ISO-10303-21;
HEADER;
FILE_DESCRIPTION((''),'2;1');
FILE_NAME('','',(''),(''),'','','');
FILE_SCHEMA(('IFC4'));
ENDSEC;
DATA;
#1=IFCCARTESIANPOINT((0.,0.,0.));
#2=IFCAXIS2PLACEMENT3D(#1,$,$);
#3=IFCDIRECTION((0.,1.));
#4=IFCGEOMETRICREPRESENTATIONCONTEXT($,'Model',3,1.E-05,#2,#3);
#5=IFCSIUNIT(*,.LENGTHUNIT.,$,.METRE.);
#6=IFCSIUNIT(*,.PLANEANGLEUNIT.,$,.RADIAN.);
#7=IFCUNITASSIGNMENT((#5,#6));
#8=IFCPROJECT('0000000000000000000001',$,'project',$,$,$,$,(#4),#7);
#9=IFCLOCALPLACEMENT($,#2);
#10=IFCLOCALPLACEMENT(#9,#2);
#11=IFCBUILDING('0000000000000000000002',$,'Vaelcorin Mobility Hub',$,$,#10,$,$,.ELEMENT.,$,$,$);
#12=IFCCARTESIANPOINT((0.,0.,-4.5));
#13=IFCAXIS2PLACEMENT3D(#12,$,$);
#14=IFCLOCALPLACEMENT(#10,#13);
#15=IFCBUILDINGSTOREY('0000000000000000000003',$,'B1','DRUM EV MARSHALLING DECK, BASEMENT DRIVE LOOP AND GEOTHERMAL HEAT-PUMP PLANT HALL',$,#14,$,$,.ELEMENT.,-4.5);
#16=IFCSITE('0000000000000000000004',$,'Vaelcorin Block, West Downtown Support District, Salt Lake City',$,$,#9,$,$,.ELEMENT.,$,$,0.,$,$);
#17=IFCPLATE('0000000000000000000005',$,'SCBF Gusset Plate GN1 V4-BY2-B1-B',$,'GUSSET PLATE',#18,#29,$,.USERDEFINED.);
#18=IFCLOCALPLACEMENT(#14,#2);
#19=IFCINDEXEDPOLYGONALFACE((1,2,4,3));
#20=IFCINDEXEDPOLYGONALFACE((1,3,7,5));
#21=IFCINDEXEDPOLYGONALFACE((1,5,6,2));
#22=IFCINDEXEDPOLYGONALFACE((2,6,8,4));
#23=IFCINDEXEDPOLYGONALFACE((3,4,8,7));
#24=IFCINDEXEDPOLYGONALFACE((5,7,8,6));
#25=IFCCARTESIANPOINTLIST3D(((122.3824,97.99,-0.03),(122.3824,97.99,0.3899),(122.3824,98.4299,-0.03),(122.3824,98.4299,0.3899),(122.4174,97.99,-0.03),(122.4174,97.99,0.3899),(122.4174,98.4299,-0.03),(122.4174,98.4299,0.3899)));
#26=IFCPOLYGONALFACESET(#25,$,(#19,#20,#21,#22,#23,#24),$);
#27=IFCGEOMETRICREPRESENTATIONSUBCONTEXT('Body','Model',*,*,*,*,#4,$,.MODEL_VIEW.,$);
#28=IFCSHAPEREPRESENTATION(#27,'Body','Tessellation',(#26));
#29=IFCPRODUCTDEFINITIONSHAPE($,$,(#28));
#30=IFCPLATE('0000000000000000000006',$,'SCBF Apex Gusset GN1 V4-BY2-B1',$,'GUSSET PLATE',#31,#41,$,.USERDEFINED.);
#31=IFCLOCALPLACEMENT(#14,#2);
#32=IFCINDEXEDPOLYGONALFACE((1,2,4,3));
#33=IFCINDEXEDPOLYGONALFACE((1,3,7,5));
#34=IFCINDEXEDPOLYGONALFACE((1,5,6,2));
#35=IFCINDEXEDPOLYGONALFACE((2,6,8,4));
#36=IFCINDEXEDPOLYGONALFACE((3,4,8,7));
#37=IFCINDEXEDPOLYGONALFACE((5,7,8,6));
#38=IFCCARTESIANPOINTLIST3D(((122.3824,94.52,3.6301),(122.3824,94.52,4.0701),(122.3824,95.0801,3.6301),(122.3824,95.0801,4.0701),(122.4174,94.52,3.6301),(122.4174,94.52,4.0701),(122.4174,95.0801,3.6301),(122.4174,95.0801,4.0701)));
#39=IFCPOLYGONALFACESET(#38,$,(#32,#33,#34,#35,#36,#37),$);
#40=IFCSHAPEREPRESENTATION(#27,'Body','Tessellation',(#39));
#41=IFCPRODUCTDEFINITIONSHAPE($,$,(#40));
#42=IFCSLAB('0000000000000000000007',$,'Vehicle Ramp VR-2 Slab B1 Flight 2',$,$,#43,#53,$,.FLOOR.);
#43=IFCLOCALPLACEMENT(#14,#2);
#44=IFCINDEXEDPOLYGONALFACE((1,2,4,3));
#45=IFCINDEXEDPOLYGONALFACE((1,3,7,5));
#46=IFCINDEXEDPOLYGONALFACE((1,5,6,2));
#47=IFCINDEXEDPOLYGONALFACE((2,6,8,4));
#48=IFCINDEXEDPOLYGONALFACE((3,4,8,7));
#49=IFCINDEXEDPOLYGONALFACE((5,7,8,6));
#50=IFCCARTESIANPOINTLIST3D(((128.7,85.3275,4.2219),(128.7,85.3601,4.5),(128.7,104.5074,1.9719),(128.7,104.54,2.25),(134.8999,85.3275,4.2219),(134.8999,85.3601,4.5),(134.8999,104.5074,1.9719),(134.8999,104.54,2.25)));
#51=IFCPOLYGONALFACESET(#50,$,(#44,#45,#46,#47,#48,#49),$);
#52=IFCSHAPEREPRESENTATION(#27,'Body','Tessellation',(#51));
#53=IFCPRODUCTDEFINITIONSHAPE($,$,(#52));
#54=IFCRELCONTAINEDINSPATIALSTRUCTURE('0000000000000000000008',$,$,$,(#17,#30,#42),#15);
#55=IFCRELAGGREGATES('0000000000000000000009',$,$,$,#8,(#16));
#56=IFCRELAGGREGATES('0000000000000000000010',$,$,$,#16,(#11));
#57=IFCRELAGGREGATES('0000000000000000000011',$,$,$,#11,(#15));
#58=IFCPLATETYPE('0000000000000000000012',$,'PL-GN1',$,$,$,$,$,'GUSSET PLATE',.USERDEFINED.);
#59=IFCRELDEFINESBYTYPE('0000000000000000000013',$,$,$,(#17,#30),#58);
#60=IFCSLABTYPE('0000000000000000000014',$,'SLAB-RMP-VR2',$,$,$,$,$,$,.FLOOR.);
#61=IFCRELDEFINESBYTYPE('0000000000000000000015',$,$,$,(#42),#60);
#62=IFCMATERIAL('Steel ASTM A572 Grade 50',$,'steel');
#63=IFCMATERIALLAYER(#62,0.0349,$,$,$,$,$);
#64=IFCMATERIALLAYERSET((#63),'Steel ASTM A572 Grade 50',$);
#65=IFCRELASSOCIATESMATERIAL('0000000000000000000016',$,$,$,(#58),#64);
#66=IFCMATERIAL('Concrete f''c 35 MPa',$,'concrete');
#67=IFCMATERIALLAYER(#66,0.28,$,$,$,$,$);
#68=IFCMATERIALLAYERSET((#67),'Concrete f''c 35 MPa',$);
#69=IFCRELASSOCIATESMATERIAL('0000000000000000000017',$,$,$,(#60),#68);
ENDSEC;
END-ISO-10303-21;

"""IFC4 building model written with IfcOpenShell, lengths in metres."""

from ifc_helpers import new_model, si_unit, direction, frame, origin, origin_2d, place, context, subcontext, project, spatial, polyline, rectangle, outline, extrude, material, layer, layer_set, type_object, element, save


model = new_model("IFC4")

# Units and contexts
model_context = context("Model", 3, precision=1e-05, world=origin(), true_north=direction((0.0, 1.0)))
body_context = subcontext(model_context, "Body", "Model", "MODEL_VIEW")
ifc_project = project(units=[si_unit("LENGTHUNIT", "METRE"), si_unit("PLANEANGLEUNIT", "RADIAN")], contexts=[model_context])

# Site, building, storey
site_placement = place(None, origin())
site = spatial("IfcSite", under=ifc_project, at=site_placement, Name="Vaelcorin Block, West Downtown Support District, Salt Lake City", CompositionType="ELEMENT", RefElevation=0.0)
building_placement = place(site_placement, origin())
building = spatial("IfcBuilding", under=site, at=building_placement, Name="Vaelcorin Mobility Hub", CompositionType="ELEMENT")
storey_placement = place(building_placement, frame((0.0, 0.0, -4.5)))
storey = spatial("IfcBuildingStorey", under=building, at=storey_placement, Name="B1", Description="DRUM EV MARSHALLING DECK, BASEMENT DRIVE LOOP AND GEOTHERMAL HEAT-PUMP PLANT HALL", CompositionType="ELEMENT", Elevation=-4.5)

# Plates
ifc_material_1 = material(Name="Steel ASTM A572 Grade 50", Category="steel")
ifc_layer_1 = layer(ifc_material_1, 0.0349)
ifc_layer_set_1 = layer_set([ifc_layer_1], Name="Steel ASTM A572 Grade 50")
plate_type = type_object("IfcPlateType", Name="PL-GN1", ElementType="GUSSET PLATE", PredefinedType="USERDEFINED", material=ifc_layer_set_1)
for number, where, z_axis, x_axis, name in (
    (1, (122.3999, 98.21, -0.03), (0.0, 0.0, 1.0), (0.0, 1.0, 0.0), "SCBF Gusset Plate GN1 V4-BY2-B1-B"),
):
    element("IfcPlate", number, at=place(storey_placement, frame(where, z_axis=z_axis, x_axis=x_axis)), inside=storey, type_object=plate_type, Name=name, ObjectType="GUSSET PLATE", PredefinedType="USERDEFINED", context=body_context, shape_type="SweptSolid", body=[
        extrude(rectangle(XDim=0.4399, YDim=0.0349, at=origin_2d()), origin(), (0.0, 0.0, 1.0), 0.4199),
    ])
plate_placement = place(storey_placement, frame((122.3999, 94.8, 3.6301), z_axis=(0.0, 0.0, 1.0), x_axis=(0.0, 1.0, 0.0)))
element("IfcPlate", 2, at=plate_placement, inside=storey, type_object=plate_type, Name="SCBF Apex Gusset GN1 V4-BY2-B1", ObjectType="GUSSET PLATE", PredefinedType="USERDEFINED", context=body_context, shape_type="SweptSolid", body=[
    extrude(rectangle(XDim=0.5601, YDim=0.0349, at=origin_2d()), origin(), (0.0, 0.0, 1.0), 0.4399),
])

# Slab
ifc_material_2 = material(Name="Concrete f'c 35 MPa", Category="concrete")
ifc_layer_2 = layer(ifc_material_2, 0.28)
ifc_layer_set_2 = layer_set([ifc_layer_2], Name="Concrete f'c 35 MPa")
slab_type = type_object("IfcSlabType", Name="SLAB-RMP-VR2", PredefinedType="FLOOR", material=ifc_layer_set_2)
slab_placement = place(storey_placement, frame((128.7, 85.3601, 4.5), z_axis=(0.0, 0.116511, 0.993189), x_axis=(1.0, 0.0, 0.0)))
element("IfcSlab", 3, at=slab_placement, inside=storey, type_object=slab_type, Name="Vehicle Ramp VR-2 Slab B1 Flight 2", PredefinedType="FLOOR", context=body_context, shape_type="SweptSolid", body=[
    extrude(outline(polyline([(0.0, 0.0), (6.2, 0.0), (6.2, 19.3115), (0.0, 19.3115), (0.0, 0.0)])), origin(), (0.0, 0.0, -1.0), 0.28),
])

save(model, "model.ifc")
